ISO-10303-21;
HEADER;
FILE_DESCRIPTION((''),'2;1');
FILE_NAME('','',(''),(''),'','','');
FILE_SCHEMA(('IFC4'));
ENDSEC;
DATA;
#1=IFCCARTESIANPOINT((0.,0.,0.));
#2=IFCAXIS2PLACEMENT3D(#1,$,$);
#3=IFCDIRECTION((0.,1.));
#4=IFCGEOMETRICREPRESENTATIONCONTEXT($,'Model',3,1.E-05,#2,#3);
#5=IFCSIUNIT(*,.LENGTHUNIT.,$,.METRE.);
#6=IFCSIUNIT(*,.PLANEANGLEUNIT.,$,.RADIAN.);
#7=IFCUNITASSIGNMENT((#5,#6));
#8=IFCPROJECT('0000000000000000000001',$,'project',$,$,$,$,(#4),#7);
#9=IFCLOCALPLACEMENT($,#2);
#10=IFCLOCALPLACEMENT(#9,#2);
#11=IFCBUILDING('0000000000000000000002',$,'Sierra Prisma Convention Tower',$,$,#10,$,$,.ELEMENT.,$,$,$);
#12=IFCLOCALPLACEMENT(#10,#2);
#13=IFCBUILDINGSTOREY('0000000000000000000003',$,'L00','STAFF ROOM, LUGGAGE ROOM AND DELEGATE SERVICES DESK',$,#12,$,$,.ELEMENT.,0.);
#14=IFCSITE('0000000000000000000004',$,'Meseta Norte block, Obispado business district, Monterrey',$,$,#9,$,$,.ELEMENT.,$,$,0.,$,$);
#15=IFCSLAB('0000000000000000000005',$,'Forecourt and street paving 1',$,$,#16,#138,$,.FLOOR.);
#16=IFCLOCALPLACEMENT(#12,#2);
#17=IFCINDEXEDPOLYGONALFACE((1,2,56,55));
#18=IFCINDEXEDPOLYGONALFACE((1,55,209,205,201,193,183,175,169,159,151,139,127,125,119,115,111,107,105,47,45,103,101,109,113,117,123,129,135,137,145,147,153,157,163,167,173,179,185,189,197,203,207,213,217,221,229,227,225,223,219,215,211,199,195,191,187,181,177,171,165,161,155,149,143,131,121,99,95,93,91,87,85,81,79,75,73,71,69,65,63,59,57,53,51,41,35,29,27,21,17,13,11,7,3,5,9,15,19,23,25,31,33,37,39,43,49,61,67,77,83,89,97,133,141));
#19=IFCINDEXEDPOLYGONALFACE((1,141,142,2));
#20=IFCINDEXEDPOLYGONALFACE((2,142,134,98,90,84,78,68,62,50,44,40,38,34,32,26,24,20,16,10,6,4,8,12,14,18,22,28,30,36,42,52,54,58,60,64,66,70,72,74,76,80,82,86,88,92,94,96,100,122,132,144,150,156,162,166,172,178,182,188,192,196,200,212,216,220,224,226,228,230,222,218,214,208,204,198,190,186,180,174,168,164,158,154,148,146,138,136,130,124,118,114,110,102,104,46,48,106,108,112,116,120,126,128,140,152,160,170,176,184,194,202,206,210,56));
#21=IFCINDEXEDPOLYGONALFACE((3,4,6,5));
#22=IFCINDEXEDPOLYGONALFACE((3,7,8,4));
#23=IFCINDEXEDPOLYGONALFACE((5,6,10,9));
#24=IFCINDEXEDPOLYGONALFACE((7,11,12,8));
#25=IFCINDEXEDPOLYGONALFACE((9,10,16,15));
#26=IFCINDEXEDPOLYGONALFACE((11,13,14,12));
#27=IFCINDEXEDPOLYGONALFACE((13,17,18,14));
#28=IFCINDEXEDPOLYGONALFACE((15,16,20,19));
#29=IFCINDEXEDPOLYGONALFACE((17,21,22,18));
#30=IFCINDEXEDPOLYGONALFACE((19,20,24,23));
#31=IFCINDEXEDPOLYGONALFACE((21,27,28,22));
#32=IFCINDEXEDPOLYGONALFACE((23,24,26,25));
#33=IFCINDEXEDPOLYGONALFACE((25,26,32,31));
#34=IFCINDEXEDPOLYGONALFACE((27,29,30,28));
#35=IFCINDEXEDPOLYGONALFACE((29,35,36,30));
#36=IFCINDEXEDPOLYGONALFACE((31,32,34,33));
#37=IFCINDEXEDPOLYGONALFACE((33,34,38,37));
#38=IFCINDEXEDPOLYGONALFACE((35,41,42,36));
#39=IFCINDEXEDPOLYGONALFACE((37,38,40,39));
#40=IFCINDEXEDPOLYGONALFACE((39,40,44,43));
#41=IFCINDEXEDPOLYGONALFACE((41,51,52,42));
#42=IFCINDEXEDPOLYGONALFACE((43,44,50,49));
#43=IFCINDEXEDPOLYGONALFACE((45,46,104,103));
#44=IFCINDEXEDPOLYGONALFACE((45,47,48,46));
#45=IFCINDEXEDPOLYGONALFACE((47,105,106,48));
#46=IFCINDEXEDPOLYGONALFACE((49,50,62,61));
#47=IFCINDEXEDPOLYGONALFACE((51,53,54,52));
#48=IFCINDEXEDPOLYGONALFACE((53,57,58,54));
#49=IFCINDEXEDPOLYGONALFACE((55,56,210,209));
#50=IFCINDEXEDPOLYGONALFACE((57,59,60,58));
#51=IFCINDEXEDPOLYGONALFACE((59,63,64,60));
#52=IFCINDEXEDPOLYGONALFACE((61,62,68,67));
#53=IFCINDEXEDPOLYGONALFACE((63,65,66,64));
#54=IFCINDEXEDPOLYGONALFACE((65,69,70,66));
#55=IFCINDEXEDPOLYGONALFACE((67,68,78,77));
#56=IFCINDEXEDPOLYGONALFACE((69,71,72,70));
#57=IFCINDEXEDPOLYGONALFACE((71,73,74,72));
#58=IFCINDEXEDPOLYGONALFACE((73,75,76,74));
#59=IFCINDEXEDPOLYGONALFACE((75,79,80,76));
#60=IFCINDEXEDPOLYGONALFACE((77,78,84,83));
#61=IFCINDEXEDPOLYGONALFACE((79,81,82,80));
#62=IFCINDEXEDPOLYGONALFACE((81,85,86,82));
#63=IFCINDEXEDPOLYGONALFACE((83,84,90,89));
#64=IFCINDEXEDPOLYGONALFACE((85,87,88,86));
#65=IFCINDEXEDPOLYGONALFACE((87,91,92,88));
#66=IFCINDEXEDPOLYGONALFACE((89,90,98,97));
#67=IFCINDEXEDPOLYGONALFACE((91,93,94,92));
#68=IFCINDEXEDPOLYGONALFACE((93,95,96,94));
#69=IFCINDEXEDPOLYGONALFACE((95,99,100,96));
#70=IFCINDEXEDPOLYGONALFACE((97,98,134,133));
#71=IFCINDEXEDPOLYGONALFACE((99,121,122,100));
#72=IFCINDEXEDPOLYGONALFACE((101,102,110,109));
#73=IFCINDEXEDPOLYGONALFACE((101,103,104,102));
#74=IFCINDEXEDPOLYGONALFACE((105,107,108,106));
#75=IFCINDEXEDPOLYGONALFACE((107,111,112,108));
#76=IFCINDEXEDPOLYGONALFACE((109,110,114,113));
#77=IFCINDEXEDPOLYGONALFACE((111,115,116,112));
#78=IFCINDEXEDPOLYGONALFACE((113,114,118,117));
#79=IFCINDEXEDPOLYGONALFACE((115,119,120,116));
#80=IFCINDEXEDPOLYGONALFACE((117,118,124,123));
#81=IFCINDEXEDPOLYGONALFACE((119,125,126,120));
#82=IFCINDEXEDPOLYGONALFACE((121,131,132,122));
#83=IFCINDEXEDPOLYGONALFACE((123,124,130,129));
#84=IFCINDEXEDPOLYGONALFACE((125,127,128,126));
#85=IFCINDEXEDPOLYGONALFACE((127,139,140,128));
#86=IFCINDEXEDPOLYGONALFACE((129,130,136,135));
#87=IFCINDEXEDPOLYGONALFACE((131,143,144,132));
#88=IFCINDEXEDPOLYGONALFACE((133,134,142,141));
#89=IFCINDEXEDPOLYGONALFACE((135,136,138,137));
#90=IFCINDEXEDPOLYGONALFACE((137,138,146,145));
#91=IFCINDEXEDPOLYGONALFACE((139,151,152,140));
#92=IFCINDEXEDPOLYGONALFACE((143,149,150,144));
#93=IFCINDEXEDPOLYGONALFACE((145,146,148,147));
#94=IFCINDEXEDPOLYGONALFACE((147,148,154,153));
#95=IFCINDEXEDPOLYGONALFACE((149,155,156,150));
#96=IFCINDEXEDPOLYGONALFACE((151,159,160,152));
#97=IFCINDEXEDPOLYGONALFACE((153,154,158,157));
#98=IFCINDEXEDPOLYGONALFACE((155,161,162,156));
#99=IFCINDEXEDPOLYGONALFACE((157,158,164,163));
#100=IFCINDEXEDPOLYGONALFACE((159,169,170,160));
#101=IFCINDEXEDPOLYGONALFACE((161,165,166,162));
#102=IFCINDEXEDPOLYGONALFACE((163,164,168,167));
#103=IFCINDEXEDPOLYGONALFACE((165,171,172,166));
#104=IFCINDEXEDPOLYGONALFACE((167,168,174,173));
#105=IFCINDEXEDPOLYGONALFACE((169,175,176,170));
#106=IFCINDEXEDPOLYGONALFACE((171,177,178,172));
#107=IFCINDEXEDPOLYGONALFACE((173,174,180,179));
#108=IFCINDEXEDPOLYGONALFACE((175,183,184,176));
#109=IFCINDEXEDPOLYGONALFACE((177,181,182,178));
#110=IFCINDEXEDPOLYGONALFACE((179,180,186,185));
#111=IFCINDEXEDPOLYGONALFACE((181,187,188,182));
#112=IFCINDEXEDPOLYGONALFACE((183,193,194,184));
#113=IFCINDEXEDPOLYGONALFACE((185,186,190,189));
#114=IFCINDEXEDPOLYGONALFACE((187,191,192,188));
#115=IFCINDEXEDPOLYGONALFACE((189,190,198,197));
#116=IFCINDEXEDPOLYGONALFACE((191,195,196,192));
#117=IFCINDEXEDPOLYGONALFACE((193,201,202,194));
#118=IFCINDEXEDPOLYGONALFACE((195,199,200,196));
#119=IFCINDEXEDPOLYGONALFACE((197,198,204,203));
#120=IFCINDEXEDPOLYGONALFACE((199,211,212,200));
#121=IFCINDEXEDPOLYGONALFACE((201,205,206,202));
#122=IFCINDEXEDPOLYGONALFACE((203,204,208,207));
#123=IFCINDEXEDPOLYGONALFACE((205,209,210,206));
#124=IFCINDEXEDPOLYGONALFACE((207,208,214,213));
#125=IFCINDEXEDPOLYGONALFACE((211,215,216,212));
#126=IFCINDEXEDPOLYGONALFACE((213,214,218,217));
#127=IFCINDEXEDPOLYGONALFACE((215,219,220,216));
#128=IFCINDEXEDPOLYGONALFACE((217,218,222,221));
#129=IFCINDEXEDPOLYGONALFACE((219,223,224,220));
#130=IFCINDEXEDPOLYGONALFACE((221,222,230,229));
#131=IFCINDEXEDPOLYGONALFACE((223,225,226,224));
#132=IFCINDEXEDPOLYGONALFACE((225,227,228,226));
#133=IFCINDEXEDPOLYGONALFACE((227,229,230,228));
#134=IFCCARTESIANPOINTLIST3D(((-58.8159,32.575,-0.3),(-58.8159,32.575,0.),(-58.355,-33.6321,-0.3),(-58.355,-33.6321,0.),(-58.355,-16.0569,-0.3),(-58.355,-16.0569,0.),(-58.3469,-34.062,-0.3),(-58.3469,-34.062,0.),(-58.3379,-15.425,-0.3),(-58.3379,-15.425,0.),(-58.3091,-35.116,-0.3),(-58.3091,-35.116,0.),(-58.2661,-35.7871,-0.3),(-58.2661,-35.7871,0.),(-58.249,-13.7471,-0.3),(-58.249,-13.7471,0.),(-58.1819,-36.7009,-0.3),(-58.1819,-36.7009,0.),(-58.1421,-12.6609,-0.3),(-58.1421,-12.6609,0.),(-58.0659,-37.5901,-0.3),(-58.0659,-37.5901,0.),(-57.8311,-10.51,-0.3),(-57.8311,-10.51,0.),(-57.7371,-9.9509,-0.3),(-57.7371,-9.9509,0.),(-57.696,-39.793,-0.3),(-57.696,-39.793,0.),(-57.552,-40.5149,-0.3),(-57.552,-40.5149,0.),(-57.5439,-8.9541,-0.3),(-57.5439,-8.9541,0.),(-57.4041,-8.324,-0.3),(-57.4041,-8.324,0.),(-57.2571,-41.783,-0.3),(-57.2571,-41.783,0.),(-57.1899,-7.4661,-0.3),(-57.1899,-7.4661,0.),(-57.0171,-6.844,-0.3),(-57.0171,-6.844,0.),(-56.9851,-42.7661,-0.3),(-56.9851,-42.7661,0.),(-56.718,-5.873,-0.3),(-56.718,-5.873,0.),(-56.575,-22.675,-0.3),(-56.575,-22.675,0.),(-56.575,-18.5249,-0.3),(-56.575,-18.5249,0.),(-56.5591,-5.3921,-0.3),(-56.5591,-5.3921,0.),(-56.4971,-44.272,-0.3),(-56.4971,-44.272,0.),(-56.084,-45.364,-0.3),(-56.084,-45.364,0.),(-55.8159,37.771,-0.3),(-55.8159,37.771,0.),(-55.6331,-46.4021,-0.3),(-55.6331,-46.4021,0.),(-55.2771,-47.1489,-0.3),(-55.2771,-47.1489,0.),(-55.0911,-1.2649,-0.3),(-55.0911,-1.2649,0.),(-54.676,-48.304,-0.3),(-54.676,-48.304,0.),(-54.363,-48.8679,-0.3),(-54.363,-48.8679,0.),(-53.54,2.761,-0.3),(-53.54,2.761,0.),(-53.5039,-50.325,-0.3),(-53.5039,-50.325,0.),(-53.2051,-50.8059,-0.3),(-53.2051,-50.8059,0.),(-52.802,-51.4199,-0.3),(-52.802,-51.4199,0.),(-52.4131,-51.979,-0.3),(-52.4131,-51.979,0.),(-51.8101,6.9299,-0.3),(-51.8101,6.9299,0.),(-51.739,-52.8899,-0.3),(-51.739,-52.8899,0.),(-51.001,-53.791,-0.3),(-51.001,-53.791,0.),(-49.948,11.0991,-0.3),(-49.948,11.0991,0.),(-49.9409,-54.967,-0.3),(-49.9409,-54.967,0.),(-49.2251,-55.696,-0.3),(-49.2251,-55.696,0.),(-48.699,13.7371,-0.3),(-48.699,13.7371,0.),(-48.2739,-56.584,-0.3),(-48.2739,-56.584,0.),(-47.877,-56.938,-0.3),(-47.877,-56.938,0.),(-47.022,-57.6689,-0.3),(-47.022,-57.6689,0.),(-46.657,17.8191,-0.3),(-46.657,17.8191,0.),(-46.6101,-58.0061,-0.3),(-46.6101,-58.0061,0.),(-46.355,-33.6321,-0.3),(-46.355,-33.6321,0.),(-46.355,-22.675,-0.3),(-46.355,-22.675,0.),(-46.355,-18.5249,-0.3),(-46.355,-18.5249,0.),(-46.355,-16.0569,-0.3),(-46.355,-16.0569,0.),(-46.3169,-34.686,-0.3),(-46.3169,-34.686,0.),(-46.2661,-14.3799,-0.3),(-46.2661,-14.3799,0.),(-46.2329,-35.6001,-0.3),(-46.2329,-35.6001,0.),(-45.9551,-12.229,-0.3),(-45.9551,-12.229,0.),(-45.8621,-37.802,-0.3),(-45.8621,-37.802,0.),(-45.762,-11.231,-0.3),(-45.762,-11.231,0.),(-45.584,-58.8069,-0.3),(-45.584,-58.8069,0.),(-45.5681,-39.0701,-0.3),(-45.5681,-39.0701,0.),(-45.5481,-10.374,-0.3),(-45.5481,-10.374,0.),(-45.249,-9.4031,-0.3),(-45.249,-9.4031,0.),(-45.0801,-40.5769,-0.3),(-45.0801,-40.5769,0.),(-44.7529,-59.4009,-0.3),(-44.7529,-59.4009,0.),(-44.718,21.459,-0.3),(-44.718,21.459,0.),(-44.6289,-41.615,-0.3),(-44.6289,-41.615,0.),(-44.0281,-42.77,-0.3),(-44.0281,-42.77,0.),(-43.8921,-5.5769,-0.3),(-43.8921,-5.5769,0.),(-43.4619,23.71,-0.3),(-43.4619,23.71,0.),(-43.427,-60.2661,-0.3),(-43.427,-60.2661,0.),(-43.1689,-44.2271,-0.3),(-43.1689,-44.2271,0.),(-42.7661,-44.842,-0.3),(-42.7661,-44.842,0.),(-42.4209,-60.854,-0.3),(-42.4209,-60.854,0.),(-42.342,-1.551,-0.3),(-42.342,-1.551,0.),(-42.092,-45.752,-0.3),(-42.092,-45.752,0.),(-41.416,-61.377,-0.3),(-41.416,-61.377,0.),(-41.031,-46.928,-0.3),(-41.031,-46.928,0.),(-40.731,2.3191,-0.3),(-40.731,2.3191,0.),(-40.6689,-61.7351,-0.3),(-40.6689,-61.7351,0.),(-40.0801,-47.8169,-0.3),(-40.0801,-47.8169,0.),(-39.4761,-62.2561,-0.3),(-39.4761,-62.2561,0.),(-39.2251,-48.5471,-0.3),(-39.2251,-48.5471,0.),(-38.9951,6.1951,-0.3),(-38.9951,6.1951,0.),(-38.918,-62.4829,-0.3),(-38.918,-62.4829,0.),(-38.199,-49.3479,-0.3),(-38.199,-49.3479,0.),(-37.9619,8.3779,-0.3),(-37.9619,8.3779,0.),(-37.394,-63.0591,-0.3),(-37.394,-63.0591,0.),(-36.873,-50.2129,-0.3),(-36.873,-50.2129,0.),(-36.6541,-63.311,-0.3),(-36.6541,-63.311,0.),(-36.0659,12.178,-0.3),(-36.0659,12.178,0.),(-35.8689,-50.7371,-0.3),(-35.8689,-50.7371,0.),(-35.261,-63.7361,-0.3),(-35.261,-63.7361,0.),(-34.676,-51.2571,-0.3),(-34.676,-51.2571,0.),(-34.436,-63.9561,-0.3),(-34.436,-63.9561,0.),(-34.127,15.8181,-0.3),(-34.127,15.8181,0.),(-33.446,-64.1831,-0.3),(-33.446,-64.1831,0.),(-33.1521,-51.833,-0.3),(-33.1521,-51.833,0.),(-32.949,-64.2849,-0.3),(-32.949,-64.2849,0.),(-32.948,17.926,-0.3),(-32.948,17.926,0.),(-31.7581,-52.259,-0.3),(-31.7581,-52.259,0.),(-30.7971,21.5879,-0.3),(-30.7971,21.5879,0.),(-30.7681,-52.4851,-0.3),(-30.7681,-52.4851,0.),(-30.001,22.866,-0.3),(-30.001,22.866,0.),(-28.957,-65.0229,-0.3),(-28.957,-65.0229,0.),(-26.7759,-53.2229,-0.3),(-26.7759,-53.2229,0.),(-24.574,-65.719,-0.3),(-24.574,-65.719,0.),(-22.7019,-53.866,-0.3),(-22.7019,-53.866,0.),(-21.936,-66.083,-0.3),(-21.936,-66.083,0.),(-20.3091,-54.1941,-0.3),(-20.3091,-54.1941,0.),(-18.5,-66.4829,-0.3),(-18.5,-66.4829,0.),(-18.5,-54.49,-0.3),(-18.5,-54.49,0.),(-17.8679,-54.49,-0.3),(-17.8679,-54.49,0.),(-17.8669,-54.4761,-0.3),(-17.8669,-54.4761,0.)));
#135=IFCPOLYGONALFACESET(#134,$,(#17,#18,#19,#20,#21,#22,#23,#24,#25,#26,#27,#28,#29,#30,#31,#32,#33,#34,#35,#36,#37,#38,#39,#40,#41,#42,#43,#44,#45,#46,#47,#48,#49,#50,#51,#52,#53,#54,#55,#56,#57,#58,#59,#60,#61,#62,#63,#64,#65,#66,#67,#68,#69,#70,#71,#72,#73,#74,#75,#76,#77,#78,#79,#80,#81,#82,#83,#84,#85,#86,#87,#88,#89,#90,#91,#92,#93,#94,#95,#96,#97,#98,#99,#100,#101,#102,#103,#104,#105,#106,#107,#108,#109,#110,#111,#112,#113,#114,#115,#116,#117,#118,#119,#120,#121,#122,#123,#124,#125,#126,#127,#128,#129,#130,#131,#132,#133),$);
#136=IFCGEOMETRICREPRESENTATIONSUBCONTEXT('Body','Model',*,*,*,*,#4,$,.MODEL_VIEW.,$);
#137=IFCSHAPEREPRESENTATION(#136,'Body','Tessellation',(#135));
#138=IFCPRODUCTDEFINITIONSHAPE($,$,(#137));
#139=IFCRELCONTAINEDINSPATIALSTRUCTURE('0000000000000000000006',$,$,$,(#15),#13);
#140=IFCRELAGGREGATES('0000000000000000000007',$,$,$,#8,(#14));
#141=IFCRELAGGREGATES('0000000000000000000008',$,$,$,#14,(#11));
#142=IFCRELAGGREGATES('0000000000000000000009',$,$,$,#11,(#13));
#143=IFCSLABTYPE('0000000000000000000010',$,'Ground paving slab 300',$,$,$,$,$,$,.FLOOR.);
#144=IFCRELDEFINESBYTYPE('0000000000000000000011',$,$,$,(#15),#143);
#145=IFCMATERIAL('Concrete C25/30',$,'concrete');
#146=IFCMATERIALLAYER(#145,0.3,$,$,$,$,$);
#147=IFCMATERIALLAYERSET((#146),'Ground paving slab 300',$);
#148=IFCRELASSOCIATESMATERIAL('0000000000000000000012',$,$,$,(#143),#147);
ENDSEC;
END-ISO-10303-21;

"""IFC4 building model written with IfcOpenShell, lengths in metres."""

from ifc_helpers import new_model, si_unit, direction, frame, origin, place, context, subcontext, project, spatial, polyline, outline, extrude, material, layer, layer_set, type_object, element, save


model = new_model("IFC4")

# Units and contexts
model_context = context("Model", 3, precision=1e-05, world=origin(), true_north=direction((0.0, 1.0)))
body_context = subcontext(model_context, "Body", "Model", "MODEL_VIEW")
ifc_project = project(units=[si_unit("LENGTHUNIT", "METRE"), si_unit("PLANEANGLEUNIT", "RADIAN")], contexts=[model_context])

# Site, building, storey
site_placement = place(None, origin())
site = spatial("IfcSite", under=ifc_project, at=site_placement, Name="Meseta Norte block, Obispado business district, Monterrey", CompositionType="ELEMENT", RefElevation=0.0)
building_placement = place(site_placement, origin())
building = spatial("IfcBuilding", under=site, at=building_placement, Name="Sierra Prisma Convention Tower", CompositionType="ELEMENT")
storey_placement = place(building_placement, origin())
storey = spatial("IfcBuildingStorey", under=building, at=storey_placement, Name="L00", Description="STAFF ROOM, LUGGAGE ROOM AND DELEGATE SERVICES DESK", CompositionType="ELEMENT", Elevation=0.0)

# Slab
ifc_material_1 = material(Name="Concrete C25/30", Category="concrete")
ifc_layer_1 = layer(ifc_material_1, 0.3)
ifc_layer_set_1 = layer_set([ifc_layer_1], Name="Ground paving slab 300")
slab_type = type_object("IfcSlabType", Name="Ground paving slab 300", PredefinedType="FLOOR", material=ifc_layer_set_1)
slab_1_placement = place(storey_placement, frame((0.0, 0.0, -0.3)))
element("IfcSlab", 1, at=slab_1_placement, inside=storey, type_object=slab_type, Name="Forecourt and street paving 1", PredefinedType="FLOOR", context=body_context, shape_type="SweptSolid", body=[
    extrude(outline(polyline([(-21.936, -66.083), (-18.5, -66.4829), (-18.5, -54.49), (-17.8679, -54.49), (-17.8669, -54.4761), (-20.3091, -54.1941), (-22.7019, -53.866), (-26.7759, -53.2229), (-30.7681, -52.4851), (-31.7581, -52.259), (-33.1521, -51.833), (-34.676, -51.2571), (-35.8689, -50.7371), (-36.873, -50.2129), (-38.199, -49.3479), (-39.2251, -48.5471), (-40.0801, -47.8169), (-41.031, -46.928), (-42.092, -45.752), (-42.7661, -44.842), (-43.1689, -44.2271), (-44.0281, -42.77), (-44.6289, -41.615), (-45.0801, -40.5769), (-45.5681, -39.0701), (-45.8621, -37.802), (-46.2329, -35.6001), (-46.3169, -34.686), (-46.355, -33.6321), (-46.355, -22.675), (-56.575, -22.675), (-56.575, -18.5249), (-46.355, -18.5249), (-46.355, -16.0569), (-46.2661, -14.3799), (-45.9551, -12.229), (-45.762, -11.231), (-45.5481, -10.374), (-45.249, -9.4031), (-43.8921, -5.5769), (-42.342, -1.551), (-40.731, 2.3191), (-38.9951, 6.1951), (-37.9619, 8.3779), (-36.0659, 12.178), (-34.127, 15.8181), (-32.948, 17.926), (-30.7971, 21.5879), (-30.001, 22.866), (-55.8159, 37.771), (-58.8159, 32.575), (-43.4619, 23.71), (-44.718, 21.459), (-46.657, 17.8191), (-48.699, 13.7371), (-49.948, 11.0991), (-51.8101, 6.9299), (-53.54, 2.761), (-55.0911, -1.2649), (-56.5591, -5.3921), (-56.718, -5.873), (-57.0171, -6.844), (-57.1899, -7.4661), (-57.4041, -8.324), (-57.5439, -8.9541), (-57.7371, -9.9509), (-57.8311, -10.51), (-58.1421, -12.6609), (-58.249, -13.7471), (-58.3379, -15.425), (-58.355, -16.0569), (-58.355, -33.6321), (-58.3469, -34.062), (-58.3091, -35.116), (-58.2661, -35.7871), (-58.1819, -36.7009), (-58.0659, -37.5901), (-57.696, -39.793), (-57.552, -40.5149), (-57.2571, -41.783), (-56.9851, -42.7661), (-56.4971, -44.272), (-56.084, -45.364), (-55.6331, -46.4021), (-55.2771, -47.1489), (-54.676, -48.304), (-54.363, -48.8679), (-53.5039, -50.325), (-53.2051, -50.8059), (-52.802, -51.4199), (-52.4131, -51.979), (-51.739, -52.8899), (-51.001, -53.791), (-49.9409, -54.967), (-49.2251, -55.696), (-48.2739, -56.584), (-47.877, -56.938), (-47.022, -57.6689), (-46.6101, -58.0061), (-45.584, -58.8069), (-44.7529, -59.4009), (-43.427, -60.2661), (-42.4209, -60.854), (-41.416, -61.377), (-40.6689, -61.7351), (-39.4761, -62.2561), (-38.918, -62.4829), (-37.394, -63.0591), (-36.6541, -63.311), (-35.261, -63.7361), (-34.436, -63.9561), (-33.446, -64.1831), (-32.949, -64.2849), (-28.957, -65.0229), (-24.574, -65.719), (-21.936, -66.083)])), origin(), (0.0, 0.0, 1.0), 0.3),
])

save(model, "model.ifc")
